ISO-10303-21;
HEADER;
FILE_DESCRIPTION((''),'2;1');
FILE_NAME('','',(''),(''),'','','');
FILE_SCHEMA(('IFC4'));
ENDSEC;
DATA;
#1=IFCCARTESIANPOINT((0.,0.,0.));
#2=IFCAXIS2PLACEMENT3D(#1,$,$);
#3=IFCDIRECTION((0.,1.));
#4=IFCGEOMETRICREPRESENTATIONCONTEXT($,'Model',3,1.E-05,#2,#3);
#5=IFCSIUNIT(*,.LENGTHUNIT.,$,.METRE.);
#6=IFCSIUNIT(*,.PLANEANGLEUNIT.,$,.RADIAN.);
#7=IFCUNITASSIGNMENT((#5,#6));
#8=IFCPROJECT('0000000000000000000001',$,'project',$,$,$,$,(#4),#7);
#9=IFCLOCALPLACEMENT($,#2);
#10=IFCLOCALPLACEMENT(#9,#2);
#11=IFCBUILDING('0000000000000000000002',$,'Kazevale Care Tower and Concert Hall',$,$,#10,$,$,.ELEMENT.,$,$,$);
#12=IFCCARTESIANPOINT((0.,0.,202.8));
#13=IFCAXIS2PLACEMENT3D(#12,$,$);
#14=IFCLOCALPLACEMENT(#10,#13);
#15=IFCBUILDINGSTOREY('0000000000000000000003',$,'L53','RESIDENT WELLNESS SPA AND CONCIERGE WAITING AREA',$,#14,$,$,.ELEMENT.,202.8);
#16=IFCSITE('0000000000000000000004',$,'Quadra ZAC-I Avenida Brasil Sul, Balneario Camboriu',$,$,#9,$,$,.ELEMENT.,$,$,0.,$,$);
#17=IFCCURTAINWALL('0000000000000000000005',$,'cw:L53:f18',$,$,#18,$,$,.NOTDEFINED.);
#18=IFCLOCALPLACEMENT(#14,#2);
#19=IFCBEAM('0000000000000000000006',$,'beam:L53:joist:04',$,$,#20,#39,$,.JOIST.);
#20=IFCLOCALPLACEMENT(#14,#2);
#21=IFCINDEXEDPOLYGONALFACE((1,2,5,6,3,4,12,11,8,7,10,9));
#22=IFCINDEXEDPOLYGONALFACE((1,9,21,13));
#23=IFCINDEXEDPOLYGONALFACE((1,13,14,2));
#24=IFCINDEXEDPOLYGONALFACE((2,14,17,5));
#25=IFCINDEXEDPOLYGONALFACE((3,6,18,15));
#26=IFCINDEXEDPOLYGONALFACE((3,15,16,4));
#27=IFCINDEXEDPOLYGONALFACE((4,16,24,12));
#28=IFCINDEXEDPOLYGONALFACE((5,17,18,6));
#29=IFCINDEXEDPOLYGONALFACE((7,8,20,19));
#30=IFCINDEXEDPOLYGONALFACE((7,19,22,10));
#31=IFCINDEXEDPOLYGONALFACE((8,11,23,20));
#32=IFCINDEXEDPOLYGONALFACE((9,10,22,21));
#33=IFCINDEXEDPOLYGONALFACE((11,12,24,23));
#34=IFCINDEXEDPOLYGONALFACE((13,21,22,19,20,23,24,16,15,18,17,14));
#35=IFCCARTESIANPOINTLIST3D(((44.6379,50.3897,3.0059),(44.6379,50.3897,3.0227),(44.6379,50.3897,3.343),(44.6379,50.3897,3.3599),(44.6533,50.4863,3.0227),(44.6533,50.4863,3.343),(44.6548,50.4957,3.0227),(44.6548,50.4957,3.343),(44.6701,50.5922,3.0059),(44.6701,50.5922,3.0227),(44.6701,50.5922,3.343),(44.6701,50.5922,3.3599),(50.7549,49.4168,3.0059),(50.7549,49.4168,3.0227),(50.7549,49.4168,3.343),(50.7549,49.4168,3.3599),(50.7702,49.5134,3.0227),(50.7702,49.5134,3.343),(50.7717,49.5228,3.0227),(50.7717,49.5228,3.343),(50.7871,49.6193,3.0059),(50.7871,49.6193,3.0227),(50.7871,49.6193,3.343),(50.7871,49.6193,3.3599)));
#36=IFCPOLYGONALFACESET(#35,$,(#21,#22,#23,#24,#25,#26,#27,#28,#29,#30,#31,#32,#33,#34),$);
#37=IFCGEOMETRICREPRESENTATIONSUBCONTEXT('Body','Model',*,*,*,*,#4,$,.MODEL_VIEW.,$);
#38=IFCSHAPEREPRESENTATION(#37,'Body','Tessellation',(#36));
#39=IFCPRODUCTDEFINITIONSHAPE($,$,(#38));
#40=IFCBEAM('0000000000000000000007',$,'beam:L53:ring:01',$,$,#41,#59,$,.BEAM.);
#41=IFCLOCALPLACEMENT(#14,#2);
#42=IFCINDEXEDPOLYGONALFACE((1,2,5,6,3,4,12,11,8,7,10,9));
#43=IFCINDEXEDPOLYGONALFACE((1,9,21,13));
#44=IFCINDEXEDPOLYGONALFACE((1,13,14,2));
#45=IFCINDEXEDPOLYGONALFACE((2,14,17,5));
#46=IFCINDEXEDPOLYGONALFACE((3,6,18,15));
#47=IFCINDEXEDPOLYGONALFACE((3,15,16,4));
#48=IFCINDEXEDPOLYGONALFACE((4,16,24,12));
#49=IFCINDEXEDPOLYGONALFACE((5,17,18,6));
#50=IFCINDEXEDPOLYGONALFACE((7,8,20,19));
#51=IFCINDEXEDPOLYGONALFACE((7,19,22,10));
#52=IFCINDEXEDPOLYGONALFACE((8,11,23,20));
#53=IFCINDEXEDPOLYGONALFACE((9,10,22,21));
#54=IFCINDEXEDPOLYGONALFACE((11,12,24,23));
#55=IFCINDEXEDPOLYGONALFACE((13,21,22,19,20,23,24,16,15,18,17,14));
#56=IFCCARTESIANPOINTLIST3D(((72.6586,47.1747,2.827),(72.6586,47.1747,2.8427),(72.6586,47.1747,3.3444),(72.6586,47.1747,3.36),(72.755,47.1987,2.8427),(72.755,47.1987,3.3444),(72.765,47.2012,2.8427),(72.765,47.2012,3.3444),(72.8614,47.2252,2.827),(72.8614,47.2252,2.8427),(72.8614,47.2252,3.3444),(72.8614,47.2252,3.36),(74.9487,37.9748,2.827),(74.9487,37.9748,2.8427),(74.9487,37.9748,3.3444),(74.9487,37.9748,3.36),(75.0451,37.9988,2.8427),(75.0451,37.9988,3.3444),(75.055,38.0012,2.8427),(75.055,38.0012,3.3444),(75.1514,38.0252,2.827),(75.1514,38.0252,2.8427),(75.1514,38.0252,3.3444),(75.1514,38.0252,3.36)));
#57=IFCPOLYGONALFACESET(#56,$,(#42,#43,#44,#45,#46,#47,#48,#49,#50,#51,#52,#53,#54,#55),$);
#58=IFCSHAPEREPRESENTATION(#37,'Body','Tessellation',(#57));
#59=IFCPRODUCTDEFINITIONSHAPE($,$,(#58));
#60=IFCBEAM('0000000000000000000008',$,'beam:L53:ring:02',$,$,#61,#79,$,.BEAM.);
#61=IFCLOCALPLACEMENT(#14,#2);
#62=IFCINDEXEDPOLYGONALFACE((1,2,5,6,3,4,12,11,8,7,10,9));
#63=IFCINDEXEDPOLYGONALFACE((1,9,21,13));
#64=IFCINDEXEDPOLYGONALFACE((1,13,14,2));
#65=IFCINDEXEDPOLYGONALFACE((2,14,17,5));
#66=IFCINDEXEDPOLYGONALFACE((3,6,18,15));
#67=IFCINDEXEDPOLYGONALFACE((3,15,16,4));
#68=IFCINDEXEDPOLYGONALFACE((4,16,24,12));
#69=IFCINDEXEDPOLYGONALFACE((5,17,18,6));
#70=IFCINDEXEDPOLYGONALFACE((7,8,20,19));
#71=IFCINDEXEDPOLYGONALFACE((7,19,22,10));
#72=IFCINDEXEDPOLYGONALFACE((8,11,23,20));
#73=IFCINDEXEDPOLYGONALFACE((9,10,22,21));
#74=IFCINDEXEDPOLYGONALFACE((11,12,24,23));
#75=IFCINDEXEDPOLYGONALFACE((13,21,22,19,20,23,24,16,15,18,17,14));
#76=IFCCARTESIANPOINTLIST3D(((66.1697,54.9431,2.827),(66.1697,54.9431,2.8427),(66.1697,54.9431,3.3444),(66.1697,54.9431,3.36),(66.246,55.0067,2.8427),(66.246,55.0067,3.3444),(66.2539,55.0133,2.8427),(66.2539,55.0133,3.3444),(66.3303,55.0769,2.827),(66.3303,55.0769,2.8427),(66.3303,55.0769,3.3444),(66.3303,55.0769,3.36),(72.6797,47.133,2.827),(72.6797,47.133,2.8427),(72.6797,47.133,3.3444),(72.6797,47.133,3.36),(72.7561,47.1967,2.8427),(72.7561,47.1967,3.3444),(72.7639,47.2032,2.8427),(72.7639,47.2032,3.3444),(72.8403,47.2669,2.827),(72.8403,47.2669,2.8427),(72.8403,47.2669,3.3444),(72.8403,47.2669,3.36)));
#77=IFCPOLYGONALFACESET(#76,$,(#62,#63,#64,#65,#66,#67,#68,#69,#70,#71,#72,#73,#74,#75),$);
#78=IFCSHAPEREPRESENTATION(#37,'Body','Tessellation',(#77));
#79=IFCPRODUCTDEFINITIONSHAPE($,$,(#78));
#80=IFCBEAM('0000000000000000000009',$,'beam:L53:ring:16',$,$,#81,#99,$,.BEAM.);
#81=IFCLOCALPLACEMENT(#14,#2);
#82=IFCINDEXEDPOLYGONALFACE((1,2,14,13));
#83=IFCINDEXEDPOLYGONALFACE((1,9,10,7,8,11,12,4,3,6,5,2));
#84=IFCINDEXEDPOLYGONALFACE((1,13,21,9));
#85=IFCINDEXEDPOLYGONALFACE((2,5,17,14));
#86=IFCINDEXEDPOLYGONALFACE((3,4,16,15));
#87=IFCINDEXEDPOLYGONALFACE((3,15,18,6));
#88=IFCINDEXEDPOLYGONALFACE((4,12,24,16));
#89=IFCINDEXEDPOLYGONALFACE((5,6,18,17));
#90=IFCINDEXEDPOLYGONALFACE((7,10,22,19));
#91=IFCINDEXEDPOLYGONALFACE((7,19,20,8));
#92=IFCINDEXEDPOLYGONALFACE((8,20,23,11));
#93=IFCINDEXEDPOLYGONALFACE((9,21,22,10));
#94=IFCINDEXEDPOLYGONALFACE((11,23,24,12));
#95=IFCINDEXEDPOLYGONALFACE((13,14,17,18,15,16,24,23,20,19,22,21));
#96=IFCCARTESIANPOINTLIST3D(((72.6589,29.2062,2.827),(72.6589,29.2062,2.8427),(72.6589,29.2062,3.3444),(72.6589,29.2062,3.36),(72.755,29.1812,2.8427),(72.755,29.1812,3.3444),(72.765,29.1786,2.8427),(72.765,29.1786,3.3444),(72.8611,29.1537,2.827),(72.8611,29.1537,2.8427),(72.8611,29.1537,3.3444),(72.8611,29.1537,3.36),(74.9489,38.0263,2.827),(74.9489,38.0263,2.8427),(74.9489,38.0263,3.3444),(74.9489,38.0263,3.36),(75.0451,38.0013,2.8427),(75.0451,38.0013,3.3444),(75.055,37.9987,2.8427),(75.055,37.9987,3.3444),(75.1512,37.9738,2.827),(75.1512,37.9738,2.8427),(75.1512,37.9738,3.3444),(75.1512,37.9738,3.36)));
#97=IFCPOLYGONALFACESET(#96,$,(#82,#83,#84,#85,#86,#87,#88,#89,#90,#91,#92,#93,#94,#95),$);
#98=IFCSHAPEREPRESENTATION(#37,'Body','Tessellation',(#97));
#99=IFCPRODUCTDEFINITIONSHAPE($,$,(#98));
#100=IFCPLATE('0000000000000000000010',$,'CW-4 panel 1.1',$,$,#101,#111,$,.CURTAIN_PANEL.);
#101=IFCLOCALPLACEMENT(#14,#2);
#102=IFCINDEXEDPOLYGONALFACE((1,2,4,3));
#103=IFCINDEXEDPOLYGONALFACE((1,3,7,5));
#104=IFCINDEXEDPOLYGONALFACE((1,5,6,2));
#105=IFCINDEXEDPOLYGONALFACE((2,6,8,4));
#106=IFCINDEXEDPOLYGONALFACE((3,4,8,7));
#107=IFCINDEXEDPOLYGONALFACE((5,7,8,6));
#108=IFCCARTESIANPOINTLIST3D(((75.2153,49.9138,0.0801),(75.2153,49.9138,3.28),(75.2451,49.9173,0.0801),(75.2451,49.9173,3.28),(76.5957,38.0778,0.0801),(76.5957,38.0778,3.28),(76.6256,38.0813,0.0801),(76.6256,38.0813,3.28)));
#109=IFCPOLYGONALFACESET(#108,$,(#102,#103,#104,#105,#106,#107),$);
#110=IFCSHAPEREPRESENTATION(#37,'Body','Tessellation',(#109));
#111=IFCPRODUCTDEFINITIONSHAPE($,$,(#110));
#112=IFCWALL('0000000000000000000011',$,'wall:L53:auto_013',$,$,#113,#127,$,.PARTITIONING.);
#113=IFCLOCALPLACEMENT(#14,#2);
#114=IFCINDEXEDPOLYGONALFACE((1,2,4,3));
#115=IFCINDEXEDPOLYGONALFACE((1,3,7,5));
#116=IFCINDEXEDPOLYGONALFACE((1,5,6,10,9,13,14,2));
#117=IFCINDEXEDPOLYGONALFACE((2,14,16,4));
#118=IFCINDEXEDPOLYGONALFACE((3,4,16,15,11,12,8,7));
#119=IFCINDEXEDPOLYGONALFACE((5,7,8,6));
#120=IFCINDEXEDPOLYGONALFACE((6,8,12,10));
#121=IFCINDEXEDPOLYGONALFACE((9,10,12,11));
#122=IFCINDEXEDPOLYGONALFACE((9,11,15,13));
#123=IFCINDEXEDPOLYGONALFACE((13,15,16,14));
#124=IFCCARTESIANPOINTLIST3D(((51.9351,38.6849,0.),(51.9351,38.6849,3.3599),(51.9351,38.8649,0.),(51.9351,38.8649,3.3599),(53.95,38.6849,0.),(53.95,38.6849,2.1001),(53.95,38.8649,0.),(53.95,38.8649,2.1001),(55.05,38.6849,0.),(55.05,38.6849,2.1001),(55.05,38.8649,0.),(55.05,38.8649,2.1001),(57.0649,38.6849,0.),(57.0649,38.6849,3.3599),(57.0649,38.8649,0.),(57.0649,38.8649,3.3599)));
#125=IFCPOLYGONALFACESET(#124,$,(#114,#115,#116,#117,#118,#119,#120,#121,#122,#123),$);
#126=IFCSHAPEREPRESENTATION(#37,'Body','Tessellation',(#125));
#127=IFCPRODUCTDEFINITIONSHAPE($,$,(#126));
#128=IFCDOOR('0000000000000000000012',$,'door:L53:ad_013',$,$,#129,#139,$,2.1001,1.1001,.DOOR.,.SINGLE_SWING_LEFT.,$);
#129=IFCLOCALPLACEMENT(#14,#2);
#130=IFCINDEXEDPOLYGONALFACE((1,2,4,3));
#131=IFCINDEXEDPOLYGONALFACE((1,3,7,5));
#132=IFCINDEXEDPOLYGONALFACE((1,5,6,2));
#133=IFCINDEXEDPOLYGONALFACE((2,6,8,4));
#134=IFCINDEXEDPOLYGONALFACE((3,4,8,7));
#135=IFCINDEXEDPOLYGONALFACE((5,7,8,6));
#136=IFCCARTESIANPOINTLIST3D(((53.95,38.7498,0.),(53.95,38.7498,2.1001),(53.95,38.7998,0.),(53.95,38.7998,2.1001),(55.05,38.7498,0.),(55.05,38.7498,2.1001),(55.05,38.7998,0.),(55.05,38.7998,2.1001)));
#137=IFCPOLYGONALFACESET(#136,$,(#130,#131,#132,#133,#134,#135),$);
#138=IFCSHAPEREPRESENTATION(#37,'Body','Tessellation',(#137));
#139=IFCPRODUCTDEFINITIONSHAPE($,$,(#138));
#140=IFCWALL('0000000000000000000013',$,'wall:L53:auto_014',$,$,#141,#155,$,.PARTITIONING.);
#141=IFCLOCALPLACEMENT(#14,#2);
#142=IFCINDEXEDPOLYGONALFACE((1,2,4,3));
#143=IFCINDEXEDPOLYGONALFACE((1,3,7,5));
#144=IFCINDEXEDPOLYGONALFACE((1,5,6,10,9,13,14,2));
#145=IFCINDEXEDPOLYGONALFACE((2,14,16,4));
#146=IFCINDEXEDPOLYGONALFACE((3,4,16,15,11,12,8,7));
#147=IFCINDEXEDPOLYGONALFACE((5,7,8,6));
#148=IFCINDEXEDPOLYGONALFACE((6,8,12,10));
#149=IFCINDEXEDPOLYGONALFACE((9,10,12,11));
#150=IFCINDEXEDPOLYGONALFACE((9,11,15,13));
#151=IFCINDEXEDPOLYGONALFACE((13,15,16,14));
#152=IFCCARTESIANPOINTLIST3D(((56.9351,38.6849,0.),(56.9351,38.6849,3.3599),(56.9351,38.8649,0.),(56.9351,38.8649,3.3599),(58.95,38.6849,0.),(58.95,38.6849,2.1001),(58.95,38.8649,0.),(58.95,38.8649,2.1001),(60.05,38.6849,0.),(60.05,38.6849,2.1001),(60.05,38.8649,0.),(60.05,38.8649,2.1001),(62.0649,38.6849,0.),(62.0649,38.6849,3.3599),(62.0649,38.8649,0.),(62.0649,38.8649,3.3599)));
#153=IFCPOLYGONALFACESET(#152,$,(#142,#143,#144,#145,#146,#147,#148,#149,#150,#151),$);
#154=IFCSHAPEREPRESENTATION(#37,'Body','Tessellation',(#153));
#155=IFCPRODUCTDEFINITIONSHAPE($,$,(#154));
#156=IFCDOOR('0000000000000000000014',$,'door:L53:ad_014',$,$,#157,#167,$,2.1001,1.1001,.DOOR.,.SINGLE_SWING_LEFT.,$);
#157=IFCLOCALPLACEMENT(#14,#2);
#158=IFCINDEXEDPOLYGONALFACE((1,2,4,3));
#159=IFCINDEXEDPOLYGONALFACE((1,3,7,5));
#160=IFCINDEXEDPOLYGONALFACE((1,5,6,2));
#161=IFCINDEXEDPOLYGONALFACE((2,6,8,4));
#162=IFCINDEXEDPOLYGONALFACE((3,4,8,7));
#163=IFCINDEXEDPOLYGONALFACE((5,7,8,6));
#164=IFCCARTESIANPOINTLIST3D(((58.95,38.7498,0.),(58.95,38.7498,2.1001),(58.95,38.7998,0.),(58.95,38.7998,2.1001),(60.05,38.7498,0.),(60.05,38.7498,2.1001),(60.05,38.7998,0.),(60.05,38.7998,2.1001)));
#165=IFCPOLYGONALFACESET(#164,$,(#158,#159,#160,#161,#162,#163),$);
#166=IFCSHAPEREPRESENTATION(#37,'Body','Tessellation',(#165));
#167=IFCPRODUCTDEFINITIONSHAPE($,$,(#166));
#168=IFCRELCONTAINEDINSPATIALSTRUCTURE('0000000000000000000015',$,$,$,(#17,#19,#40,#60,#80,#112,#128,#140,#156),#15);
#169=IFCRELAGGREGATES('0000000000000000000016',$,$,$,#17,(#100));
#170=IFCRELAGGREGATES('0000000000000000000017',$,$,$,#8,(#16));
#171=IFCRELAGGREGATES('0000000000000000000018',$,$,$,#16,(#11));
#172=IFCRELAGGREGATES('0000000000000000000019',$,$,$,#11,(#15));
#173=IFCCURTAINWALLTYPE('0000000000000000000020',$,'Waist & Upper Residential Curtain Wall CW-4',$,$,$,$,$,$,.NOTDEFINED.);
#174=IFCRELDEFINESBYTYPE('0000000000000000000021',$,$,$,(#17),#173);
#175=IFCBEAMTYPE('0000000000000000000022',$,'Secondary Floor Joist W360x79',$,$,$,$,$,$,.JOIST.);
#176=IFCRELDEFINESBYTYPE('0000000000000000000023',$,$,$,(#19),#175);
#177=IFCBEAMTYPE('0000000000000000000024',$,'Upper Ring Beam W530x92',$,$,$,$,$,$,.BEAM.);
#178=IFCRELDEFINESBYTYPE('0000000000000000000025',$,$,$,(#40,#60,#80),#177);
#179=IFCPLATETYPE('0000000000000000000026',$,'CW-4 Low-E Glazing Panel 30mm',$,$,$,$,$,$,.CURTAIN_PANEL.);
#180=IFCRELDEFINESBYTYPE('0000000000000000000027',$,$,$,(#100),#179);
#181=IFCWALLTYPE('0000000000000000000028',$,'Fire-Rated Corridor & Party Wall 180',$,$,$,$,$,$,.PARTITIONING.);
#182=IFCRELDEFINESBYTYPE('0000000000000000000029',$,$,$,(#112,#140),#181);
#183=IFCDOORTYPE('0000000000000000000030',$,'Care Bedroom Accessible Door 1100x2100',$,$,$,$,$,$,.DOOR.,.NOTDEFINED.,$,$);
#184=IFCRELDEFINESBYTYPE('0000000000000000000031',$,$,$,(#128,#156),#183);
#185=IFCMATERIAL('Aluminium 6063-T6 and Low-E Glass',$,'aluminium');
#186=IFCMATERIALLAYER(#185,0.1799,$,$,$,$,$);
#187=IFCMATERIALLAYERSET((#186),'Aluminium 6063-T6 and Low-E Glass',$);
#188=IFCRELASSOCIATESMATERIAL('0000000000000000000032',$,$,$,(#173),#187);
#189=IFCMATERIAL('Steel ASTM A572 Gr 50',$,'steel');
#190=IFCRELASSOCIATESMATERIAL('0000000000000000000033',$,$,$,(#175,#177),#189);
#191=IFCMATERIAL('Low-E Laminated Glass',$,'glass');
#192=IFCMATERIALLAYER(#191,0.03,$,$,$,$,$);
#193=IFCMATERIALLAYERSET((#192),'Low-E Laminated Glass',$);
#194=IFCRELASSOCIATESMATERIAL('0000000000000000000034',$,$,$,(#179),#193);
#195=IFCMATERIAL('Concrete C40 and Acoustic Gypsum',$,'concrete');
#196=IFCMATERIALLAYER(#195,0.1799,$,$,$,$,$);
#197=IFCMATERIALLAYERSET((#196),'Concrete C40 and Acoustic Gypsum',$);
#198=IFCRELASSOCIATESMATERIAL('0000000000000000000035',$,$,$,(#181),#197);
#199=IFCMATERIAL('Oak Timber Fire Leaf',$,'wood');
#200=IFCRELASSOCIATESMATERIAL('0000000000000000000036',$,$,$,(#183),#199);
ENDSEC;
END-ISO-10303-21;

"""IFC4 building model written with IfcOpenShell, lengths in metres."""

from ifc_helpers import new_model, si_unit, direction, frame, frame_2d, origin, origin_2d, place, context, subcontext, project, spatial, rectangle, i_section, extrude, material, layer, layer_set, material_profile, profile_set, type_object, element, fill, aggregate, save


model = new_model("IFC4")

# Units and contexts
model_context = context("Model", 3, precision=1e-05, world=origin(), true_north=direction((0.0, 1.0)))
body_context = subcontext(model_context, "Body", "Model", "MODEL_VIEW")
ifc_project = project(units=[si_unit("LENGTHUNIT", "METRE"), si_unit("PLANEANGLEUNIT", "RADIAN")], contexts=[model_context])

# Site, building, storey
site_placement = place(None, origin())
site = spatial("IfcSite", under=ifc_project, at=site_placement, Name="Quadra ZAC-I Avenida Brasil Sul, Balneario Camboriu", CompositionType="ELEMENT", RefElevation=0.0)
building_placement = place(site_placement, origin())
building = spatial("IfcBuilding", under=site, at=building_placement, Name="Kazevale Care Tower and Concert Hall", CompositionType="ELEMENT")
storey_placement = place(building_placement, frame((0.0, 0.0, 202.8)))
storey = spatial("IfcBuildingStorey", under=building, at=storey_placement, Name="L53", Description="RESIDENT WELLNESS SPA AND CONCIERGE WAITING AREA", CompositionType="ELEMENT", Elevation=202.8)

# Curtain wall
ifc_material_1 = material(Name="Aluminium 6063-T6 and Low-E Glass", Category="aluminium")
ifc_layer_1 = layer(ifc_material_1, 0.1799)
ifc_layer_set_1 = layer_set([ifc_layer_1], Name="Aluminium 6063-T6 and Low-E Glass")
curtain_wall_type = type_object("IfcCurtainWallType", Name="Waist & Upper Residential Curtain Wall CW-4", PredefinedType="NOTDEFINED", material=ifc_layer_set_1)
curtain_wall_placement = place(storey_placement, origin())
curtain_wall = element("IfcCurtainWall", 1, at=curtain_wall_placement, inside=storey, type_object=curtain_wall_type, Name="cw:L53:f18", PredefinedType="NOTDEFINED")

# Beams
ifc_material_2 = material(Name="Steel ASTM A572 Gr 50", Category="steel")
ifc_material_profile_1 = material_profile(ifc_material_2, i_section(OverallWidth=0.2051, OverallDepth=0.354, WebThickness=0.0095, FlangeThickness=0.0168, at=origin_2d()), Name="W360x79")
ifc_profile_set_1 = profile_set([ifc_material_profile_1], Name="Steel ASTM A572 Gr 50")
beam_type_1 = type_object("IfcBeamType", Name="Secondary Floor Joist W360x79", PredefinedType="JOIST", material=ifc_profile_set_1)
beam_1_placement = place(storey_placement, frame((50.771, 49.5181, 3.1829), z_axis=(-0.987587, 0.157076, 0.0), x_axis=(-0.157076, -0.987587, 0.0)))
element("IfcBeam", 2, at=beam_1_placement, inside=storey, type_object=beam_type_1, Name="beam:L53:joist:04", PredefinedType="JOIST", context=body_context, shape_type="SweptSolid", body=[
    extrude(i_section(OverallWidth=0.2051, OverallDepth=0.354, WebThickness=0.0095, FlangeThickness=0.0168, at=origin_2d()), origin(), (0.0, 0.0, 1.0), 6.1938),
])
ifc_material_profile_2 = material_profile(ifc_material_2, i_section(OverallWidth=0.209, OverallDepth=0.533, WebThickness=0.0103, FlangeThickness=0.0156, at=origin_2d()), Name="W530x92")
ifc_profile_set_2 = profile_set([ifc_material_profile_2], Name="Steel ASTM A572 Gr 50")
beam_type_2 = type_object("IfcBeamType", Name="Upper Ring Beam W530x92", PredefinedType="BEAM", material=ifc_profile_set_2)
beam_2_placement = place(storey_placement, frame((75.05, 38.0, 3.0935), z_axis=(-0.241548, 0.970389, 0.0), x_axis=(-0.970389, -0.241548, 0.0)))
element("IfcBeam", 3, at=beam_2_placement, inside=storey, type_object=beam_type_2, Name="beam:L53:ring:01", PredefinedType="BEAM", context=body_context, shape_type="SweptSolid", body=[
    extrude(i_section(OverallWidth=0.209, OverallDepth=0.533, WebThickness=0.0103, FlangeThickness=0.0156, at=origin_2d()), origin(), (0.0, 0.0, 1.0), 9.4807),
])
beam_3_placement = place(storey_placement, frame((72.76, 47.2, 3.0935), z_axis=(-0.640279, 0.768143, 0.0), x_axis=(-0.768143, -0.640279, 0.0)))
element("IfcBeam", 4, at=beam_3_placement, inside=storey, type_object=beam_type_2, Name="beam:L53:ring:02", PredefinedType="BEAM", context=body_context, shape_type="SweptSolid", body=[
    extrude(i_section(OverallWidth=0.209, OverallDepth=0.533, WebThickness=0.0103, FlangeThickness=0.0156, at=origin_2d()), origin(), (0.0, 0.0, 1.0), 10.1675),
])
beam_4_placement = place(storey_placement, frame((72.76, 29.1799, 3.0935), z_axis=(0.251307, 0.967907, 0.0), x_axis=(-0.967907, 0.251307, 0.0)))
element("IfcBeam", 5, at=beam_4_placement, inside=storey, type_object=beam_type_2, Name="beam:L53:ring:16", PredefinedType="BEAM", context=body_context, shape_type="SweptSolid", body=[
    extrude(i_section(OverallWidth=0.209, OverallDepth=0.533, WebThickness=0.0103, FlangeThickness=0.0156, at=origin_2d()), origin(), (0.0, 0.0, 1.0), 9.1125),
])

# Plate
ifc_material_3 = material(Name="Low-E Laminated Glass", Category="glass")
ifc_layer_2 = layer(ifc_material_3, 0.03)
ifc_layer_set_2 = layer_set([ifc_layer_2], Name="Low-E Laminated Glass")
plate_type = type_object("IfcPlateType", Name="CW-4 Low-E Glazing Panel 30mm", PredefinedType="CURTAIN_PANEL", material=ifc_layer_set_2)
plate_placement = place(storey_placement, frame((75.9204, 43.9976, 0.0801), z_axis=(0.0, 0.0, 1.0), x_axis=(0.115847, -0.993267, 0.0)))
plate = element("IfcPlate", 6, at=plate_placement, type_object=plate_type, Name="CW-4 panel 1.1", PredefinedType="CURTAIN_PANEL", context=body_context, shape_type="SweptSolid", body=[
    extrude(rectangle(XDim=11.9163, YDim=0.03, at=origin_2d()), origin(), (0.0, 0.0, 1.0), 3.2),
])
aggregate(curtain_wall, [plate])

# Walls, openings, doors
ifc_material_4 = material(Name="Concrete C40 and Acoustic Gypsum", Category="concrete")
ifc_layer_3 = layer(ifc_material_4, 0.1799)
ifc_layer_set_3 = layer_set([ifc_layer_3], Name="Concrete C40 and Acoustic Gypsum")
wall_type_1 = type_object("IfcWallType", Name="Fire-Rated Corridor & Party Wall 180", PredefinedType="PARTITIONING", material=ifc_layer_set_3)
wall_1_placement = place(storey_placement, frame((51.9351, 38.7749, 0.0), z_axis=(0.0, 0.0, 1.0), x_axis=(1.0, 0.0, 0.0)))
wall_1 = element("IfcWall", 7, at=wall_1_placement, inside=storey, type_object=wall_type_1, Name="wall:L53:auto_013", PredefinedType="PARTITIONING", context=body_context, shape_type="SweptSolid", body=[
    extrude(rectangle(XDim=5.1299, YDim=0.1799, at=frame_2d((2.5649, 0.0))), origin(), (0.0, 0.0, 1.0), 3.3599),
])
opening_1_placement = place(wall_1_placement, frame((2.0149, 0.0, 0.0)))
opening_1 = element("IfcOpeningElement", 8, at=opening_1_placement, cuts=wall_1, PredefinedType="OPENING", context=body_context, shape_type="SweptSolid", body=[
    extrude(rectangle(XDim=1.1001, YDim=2.1001, at=frame_2d((0.55, 1.05))), frame((0.0, 0.0999, 0.0), z_axis=(0.0, -1.0, 0.0), x_axis=(1.0, 0.0, 0.0)), (0.0, 0.0, 1.0), 0.2),
])
ifc_material_5 = material(Name="Oak Timber Fire Leaf", Category="wood")
door_type = type_object("IfcDoorType", Name="Care Bedroom Accessible Door 1100x2100", OperationType="NOTDEFINED", PredefinedType="DOOR", material=ifc_material_5)
door_1_placement = place(opening_1_placement, origin())
door_1 = element("IfcDoor", 9, at=door_1_placement, inside=storey, type_object=door_type, Name="door:L53:ad_013", OperationType="SINGLE_SWING_LEFT", OverallHeight=2.1001, OverallWidth=1.1001, PredefinedType="DOOR", context=body_context, shape_type="SweptSolid", body=[
    extrude(rectangle(XDim=1.1001, YDim=2.1001, at=frame_2d((0.55, 1.05))), frame((0.0, 0.0249, 0.0), z_axis=(0.0, -1.0, 0.0), x_axis=(1.0, 0.0, 0.0)), (0.0, 0.0, 1.0), 0.05),
])
fill(opening_1, door_1)
wall_2_placement = place(storey_placement, frame((56.9351, 38.7749, 0.0), z_axis=(0.0, 0.0, 1.0), x_axis=(1.0, 0.0, 0.0)))
wall_2 = element("IfcWall", 10, at=wall_2_placement, inside=storey, type_object=wall_type_1, Name="wall:L53:auto_014", PredefinedType="PARTITIONING", context=body_context, shape_type="SweptSolid", body=[
    extrude(rectangle(XDim=5.1299, YDim=0.1799, at=frame_2d((2.5649, 0.0))), origin(), (0.0, 0.0, 1.0), 3.3599),
])
opening_2_placement = place(wall_2_placement, frame((2.0149, 0.0, 0.0)))
opening_2 = element("IfcOpeningElement", 11, at=opening_2_placement, cuts=wall_2, PredefinedType="OPENING", context=body_context, shape_type="SweptSolid", body=[
    extrude(rectangle(XDim=1.1001, YDim=2.1001, at=frame_2d((0.55, 1.05))), frame((0.0, 0.0999, 0.0), z_axis=(0.0, -1.0, 0.0), x_axis=(1.0, 0.0, 0.0)), (0.0, 0.0, 1.0), 0.2),
])
door_2_placement = place(opening_2_placement, origin())
door_2 = element("IfcDoor", 12, at=door_2_placement, inside=storey, type_object=door_type, Name="door:L53:ad_014", OperationType="SINGLE_SWING_LEFT", OverallHeight=2.1001, OverallWidth=1.1001, PredefinedType="DOOR", context=body_context, shape_type="SweptSolid", body=[
    extrude(rectangle(XDim=1.1001, YDim=2.1001, at=frame_2d((0.55, 1.05))), frame((0.0, 0.0249, 0.0), z_axis=(0.0, -1.0, 0.0), x_axis=(1.0, 0.0, 0.0)), (0.0, 0.0, 1.0), 0.05),
])
fill(opening_2, door_2)

save(model, "model.ifc")
